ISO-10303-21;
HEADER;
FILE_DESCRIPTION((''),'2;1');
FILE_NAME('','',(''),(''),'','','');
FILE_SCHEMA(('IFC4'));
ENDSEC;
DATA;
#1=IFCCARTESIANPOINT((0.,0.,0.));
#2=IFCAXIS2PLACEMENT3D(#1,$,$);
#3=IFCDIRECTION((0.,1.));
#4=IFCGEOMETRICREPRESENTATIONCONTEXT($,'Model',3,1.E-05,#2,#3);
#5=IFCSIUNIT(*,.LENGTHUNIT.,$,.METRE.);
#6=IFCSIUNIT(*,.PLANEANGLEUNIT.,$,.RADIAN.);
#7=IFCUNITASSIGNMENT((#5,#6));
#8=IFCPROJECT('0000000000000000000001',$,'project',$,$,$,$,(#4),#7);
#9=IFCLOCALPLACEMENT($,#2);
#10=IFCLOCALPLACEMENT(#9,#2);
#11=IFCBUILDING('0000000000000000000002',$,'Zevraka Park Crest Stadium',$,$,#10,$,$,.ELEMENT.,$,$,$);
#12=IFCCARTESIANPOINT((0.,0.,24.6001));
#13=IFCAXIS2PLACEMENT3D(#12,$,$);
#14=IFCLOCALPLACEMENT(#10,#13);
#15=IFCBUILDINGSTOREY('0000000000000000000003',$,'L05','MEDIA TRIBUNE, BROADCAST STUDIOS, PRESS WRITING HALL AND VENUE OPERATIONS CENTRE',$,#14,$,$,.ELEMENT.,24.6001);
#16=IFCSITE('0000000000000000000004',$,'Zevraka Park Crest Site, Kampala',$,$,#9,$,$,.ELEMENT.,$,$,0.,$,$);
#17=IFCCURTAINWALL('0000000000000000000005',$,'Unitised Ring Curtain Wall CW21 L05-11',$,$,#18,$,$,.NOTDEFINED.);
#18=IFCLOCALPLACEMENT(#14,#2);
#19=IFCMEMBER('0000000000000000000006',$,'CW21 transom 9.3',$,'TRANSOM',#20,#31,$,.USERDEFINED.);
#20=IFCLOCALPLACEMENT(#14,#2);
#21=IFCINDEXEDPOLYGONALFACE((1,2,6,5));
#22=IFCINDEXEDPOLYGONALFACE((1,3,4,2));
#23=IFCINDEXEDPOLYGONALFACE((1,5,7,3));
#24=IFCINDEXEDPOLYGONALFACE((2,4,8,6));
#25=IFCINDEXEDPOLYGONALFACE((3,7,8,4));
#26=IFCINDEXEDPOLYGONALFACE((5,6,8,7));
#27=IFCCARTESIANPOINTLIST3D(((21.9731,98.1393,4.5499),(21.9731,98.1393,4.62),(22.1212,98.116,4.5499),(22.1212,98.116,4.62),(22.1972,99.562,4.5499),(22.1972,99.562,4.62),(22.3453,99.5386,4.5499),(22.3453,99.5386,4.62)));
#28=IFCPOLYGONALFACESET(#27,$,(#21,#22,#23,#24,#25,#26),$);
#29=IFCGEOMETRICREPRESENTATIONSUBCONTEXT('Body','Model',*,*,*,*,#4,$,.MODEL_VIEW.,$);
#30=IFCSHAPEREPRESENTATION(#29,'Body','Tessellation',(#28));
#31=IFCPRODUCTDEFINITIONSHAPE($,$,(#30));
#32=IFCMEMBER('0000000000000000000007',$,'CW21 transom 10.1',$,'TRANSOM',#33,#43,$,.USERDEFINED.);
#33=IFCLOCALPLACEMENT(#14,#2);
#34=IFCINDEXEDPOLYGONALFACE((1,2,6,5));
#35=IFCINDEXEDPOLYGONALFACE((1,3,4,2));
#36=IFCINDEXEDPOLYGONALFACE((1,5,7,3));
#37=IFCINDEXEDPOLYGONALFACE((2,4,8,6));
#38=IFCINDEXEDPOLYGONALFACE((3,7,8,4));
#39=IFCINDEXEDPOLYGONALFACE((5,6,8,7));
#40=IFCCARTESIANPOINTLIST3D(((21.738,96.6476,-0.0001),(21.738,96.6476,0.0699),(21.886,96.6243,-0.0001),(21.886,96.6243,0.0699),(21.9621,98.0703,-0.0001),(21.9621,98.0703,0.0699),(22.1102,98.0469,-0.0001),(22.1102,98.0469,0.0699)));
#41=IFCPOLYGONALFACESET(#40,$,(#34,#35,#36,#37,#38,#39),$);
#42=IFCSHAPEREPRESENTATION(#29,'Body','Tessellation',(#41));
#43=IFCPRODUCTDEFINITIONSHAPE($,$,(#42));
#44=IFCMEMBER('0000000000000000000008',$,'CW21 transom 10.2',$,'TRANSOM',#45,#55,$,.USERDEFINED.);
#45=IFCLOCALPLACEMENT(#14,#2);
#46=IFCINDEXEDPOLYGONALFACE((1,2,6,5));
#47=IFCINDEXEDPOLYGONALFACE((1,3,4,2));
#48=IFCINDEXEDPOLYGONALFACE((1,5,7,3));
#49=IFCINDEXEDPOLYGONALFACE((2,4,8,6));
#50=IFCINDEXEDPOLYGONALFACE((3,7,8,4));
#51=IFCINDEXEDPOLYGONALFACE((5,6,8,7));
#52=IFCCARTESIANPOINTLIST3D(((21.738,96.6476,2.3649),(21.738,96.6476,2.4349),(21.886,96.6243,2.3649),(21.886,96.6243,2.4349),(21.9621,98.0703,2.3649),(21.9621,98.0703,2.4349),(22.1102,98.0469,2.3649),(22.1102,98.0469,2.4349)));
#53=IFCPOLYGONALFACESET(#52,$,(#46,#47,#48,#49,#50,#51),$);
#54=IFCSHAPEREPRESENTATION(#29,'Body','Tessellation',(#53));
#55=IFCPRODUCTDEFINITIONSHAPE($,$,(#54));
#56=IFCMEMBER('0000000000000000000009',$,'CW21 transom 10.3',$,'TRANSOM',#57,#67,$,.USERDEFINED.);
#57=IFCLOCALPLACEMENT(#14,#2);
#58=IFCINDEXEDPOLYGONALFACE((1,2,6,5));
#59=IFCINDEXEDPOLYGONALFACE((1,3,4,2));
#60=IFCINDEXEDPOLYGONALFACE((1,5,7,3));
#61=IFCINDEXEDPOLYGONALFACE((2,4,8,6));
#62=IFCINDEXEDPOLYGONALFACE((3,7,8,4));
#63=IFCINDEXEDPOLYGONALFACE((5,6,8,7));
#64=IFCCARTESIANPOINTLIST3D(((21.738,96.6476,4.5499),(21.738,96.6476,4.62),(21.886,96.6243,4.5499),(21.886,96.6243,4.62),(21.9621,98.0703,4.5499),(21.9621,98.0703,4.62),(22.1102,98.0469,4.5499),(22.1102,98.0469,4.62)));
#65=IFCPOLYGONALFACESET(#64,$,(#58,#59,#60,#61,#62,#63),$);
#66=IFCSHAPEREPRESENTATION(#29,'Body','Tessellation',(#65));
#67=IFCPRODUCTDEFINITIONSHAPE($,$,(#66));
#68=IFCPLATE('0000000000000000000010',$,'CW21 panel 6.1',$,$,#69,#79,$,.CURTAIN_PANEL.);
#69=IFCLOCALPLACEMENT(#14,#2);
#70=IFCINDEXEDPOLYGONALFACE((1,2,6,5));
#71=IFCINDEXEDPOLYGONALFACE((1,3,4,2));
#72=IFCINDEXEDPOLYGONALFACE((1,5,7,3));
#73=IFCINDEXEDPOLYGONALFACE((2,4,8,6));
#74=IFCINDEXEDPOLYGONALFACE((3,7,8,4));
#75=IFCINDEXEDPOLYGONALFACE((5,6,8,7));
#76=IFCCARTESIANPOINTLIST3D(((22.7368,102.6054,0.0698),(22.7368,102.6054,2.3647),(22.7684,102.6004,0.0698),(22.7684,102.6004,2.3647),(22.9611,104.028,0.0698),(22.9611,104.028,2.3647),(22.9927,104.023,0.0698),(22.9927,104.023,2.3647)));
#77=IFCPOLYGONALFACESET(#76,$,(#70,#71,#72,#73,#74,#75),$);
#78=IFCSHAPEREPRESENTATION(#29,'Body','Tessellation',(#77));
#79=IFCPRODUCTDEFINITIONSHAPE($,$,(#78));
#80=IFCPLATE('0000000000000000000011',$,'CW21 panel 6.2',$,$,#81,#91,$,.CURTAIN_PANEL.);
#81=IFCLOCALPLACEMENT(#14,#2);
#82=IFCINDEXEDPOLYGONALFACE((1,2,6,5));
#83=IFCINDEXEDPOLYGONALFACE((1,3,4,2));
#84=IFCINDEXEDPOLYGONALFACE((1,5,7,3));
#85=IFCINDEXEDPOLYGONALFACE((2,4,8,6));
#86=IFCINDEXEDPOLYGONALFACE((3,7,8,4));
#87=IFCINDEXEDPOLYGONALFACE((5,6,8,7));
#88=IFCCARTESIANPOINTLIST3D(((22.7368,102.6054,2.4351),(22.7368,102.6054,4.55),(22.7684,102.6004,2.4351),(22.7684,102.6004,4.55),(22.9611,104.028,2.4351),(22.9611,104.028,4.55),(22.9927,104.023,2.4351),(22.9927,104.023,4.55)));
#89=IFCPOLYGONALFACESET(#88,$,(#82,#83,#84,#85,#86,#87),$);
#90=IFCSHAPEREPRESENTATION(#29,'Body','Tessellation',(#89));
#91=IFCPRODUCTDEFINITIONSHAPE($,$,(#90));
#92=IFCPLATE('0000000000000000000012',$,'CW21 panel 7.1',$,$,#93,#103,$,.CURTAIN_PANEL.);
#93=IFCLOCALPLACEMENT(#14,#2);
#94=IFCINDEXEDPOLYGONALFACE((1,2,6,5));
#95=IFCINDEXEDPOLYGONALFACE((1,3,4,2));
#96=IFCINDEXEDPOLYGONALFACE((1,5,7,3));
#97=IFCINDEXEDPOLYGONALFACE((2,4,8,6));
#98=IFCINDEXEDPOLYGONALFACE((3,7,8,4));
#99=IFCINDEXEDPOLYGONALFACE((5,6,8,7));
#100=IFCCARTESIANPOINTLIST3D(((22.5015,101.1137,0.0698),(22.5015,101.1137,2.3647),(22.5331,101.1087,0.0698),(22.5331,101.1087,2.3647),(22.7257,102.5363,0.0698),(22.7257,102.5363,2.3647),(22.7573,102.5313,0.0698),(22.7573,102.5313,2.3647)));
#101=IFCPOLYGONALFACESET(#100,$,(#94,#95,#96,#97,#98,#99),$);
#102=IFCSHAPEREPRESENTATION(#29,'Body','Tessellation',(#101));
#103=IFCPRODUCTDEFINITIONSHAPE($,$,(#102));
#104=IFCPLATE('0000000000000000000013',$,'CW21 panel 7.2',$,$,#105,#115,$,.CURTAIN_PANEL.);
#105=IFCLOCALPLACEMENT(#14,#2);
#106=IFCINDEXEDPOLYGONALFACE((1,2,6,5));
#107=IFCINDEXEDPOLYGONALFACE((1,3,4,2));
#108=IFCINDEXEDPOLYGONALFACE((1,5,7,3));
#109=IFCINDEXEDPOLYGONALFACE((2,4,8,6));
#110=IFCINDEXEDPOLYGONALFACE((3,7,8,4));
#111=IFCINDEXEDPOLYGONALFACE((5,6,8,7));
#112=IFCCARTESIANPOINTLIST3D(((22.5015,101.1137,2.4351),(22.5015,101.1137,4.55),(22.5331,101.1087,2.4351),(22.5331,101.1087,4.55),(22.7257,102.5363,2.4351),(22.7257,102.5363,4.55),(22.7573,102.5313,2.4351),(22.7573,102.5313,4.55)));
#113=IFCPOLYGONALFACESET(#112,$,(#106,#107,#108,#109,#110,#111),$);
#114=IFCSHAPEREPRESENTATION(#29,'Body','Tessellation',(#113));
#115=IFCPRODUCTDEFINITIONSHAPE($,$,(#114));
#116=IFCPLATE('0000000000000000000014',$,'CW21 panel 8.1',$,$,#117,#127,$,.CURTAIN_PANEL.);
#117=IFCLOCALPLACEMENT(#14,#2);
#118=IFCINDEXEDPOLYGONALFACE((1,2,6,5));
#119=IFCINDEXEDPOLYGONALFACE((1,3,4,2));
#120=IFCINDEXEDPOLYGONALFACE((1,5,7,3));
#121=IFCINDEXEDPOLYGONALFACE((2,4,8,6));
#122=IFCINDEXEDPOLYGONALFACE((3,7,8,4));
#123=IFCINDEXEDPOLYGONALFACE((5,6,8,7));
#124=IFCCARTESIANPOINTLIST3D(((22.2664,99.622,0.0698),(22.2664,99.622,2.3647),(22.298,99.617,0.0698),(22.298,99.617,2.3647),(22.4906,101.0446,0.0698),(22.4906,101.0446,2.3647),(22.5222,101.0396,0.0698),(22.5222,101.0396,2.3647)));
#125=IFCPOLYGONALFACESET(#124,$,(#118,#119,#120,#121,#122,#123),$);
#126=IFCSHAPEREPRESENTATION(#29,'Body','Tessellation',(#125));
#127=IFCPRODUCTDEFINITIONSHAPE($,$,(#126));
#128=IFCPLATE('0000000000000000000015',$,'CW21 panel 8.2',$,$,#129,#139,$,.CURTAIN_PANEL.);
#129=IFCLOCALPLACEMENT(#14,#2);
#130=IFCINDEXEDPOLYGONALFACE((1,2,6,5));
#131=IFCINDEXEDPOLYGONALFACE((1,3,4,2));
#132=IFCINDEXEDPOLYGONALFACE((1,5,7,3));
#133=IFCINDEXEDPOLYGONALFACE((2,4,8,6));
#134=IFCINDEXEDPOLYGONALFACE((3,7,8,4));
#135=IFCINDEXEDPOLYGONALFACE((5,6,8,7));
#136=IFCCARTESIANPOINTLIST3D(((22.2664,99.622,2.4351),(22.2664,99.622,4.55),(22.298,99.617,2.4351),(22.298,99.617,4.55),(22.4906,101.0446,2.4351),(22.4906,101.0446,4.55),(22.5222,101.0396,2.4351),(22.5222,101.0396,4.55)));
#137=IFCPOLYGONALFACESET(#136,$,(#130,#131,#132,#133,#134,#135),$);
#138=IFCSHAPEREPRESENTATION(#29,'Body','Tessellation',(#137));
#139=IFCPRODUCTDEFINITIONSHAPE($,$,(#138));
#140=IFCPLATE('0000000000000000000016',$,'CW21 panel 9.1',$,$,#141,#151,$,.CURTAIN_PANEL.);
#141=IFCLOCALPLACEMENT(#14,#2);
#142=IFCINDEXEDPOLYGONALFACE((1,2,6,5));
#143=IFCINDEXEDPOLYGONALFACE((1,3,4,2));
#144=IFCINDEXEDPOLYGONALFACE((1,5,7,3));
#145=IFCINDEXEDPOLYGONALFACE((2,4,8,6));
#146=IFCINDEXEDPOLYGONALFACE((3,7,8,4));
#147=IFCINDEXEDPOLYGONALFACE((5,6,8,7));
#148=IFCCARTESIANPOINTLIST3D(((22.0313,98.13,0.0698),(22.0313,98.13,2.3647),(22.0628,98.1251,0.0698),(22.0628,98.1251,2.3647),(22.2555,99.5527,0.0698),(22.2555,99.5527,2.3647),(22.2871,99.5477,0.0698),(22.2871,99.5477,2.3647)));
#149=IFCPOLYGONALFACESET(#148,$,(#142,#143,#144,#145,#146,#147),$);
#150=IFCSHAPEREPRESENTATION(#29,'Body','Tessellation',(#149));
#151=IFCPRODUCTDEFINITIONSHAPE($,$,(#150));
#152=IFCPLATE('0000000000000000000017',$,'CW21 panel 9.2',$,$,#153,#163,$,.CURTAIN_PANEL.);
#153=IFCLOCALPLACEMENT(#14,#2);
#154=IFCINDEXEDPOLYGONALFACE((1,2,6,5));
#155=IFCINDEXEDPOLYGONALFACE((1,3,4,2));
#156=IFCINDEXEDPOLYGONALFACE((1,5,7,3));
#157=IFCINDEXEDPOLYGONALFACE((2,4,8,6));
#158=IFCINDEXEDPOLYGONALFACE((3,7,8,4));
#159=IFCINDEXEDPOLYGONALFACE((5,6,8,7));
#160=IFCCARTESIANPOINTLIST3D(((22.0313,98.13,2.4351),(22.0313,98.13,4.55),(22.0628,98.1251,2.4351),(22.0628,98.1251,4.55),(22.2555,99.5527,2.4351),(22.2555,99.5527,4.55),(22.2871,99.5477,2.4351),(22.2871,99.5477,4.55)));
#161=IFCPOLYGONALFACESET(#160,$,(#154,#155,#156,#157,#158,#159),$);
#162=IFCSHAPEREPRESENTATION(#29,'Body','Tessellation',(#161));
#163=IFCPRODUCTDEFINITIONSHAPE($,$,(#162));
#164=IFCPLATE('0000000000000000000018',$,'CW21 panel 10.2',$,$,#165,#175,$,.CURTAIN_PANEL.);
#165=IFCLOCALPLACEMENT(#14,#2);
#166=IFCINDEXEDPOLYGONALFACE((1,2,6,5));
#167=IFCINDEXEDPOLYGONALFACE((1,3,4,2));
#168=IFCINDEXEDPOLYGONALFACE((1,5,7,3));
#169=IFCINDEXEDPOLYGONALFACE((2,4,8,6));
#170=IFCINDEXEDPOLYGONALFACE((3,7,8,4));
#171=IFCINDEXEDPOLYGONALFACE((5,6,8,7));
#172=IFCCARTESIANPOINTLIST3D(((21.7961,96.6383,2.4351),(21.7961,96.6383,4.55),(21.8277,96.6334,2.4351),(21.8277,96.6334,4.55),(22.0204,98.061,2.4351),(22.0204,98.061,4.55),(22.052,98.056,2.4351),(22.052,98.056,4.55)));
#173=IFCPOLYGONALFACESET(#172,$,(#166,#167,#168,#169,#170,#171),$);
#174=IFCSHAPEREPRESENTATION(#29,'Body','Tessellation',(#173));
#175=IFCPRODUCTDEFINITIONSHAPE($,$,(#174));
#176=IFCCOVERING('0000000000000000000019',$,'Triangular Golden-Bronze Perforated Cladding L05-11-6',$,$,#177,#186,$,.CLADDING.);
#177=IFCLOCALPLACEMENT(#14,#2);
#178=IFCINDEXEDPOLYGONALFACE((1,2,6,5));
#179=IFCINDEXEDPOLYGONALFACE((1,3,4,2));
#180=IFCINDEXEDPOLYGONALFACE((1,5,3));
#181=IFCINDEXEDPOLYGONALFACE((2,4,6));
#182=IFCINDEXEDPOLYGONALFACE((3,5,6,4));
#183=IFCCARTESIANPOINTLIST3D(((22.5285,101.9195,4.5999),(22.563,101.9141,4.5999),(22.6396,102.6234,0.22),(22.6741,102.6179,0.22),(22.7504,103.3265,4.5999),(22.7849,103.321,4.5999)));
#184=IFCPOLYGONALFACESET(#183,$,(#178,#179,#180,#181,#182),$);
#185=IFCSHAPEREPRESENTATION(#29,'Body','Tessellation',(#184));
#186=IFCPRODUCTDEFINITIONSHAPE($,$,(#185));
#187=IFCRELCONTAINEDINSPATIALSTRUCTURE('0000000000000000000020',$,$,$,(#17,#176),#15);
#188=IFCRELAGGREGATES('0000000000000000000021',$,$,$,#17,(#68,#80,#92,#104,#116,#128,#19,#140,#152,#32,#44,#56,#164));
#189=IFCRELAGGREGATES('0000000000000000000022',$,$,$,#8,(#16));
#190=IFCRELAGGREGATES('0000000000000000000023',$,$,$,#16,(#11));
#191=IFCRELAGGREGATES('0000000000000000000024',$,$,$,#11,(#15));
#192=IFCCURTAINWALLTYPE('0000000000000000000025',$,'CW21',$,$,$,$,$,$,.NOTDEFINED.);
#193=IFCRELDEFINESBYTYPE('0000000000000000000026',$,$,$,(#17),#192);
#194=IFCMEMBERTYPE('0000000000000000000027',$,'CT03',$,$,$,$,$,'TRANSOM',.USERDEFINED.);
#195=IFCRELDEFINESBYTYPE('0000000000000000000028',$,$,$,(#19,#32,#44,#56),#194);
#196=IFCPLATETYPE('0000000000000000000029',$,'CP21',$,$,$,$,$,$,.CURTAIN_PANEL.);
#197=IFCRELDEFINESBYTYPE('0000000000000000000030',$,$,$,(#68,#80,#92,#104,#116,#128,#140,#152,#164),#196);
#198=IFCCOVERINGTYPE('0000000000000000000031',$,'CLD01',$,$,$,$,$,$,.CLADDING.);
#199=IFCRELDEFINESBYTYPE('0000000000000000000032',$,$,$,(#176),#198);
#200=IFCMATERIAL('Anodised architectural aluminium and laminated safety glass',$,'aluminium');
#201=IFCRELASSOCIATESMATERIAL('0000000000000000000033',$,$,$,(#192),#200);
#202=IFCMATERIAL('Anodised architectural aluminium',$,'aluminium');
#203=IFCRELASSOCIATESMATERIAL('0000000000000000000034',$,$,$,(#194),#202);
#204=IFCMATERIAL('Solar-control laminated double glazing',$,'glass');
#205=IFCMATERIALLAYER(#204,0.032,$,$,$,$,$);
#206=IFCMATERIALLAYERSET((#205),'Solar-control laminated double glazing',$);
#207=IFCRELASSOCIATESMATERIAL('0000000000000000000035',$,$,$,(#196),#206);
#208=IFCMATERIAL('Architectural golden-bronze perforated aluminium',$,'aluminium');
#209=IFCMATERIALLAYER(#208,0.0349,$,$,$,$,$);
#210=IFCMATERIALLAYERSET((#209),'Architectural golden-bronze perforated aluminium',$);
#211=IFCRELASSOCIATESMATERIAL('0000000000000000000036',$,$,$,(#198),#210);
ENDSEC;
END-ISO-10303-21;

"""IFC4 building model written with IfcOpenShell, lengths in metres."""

from ifc_helpers import new_model, si_unit, direction, frame, origin, origin_2d, place, context, subcontext, project, spatial, polyline, rectangle, outline, extrude, material, layer, layer_set, material_profile, profile_set, type_object, element, aggregate, save


model = new_model("IFC4")

# Units and contexts
model_context = context("Model", 3, precision=1e-05, world=origin(), true_north=direction((0.0, 1.0)))
body_context = subcontext(model_context, "Body", "Model", "MODEL_VIEW")
ifc_project = project(units=[si_unit("LENGTHUNIT", "METRE"), si_unit("PLANEANGLEUNIT", "RADIAN")], contexts=[model_context])

# Site, building, storey
site_placement = place(None, origin())
site = spatial("IfcSite", under=ifc_project, at=site_placement, Name="Zevraka Park Crest Site, Kampala", CompositionType="ELEMENT", RefElevation=0.0)
building_placement = place(site_placement, origin())
building = spatial("IfcBuilding", under=site, at=building_placement, Name="Zevraka Park Crest Stadium", CompositionType="ELEMENT")
storey_placement = place(building_placement, frame((0.0, 0.0, 24.6001)))
storey = spatial("IfcBuildingStorey", under=building, at=storey_placement, Name="L05", Description="MEDIA TRIBUNE, BROADCAST STUDIOS, PRESS WRITING HALL AND VENUE OPERATIONS CENTRE", CompositionType="ELEMENT", Elevation=24.6001)

# Curtain wall, members, plates
ifc_material_1 = material(Name="Anodised architectural aluminium and laminated safety glass", Category="aluminium")
curtain_wall_type = type_object("IfcCurtainWallType", Name="CW21", PredefinedType="NOTDEFINED", material=ifc_material_1)
curtain_wall_placement = place(storey_placement, origin())
curtain_wall = element("IfcCurtainWall", 1, at=curtain_wall_placement, inside=storey, type_object=curtain_wall_type, Name="Unitised Ring Curtain Wall CW21 L05-11", PredefinedType="NOTDEFINED")
ifc_material_2 = material(Name="Anodised architectural aluminium", Category="aluminium")
ifc_material_profile_1 = material_profile(ifc_material_2, rectangle(XDim=0.1499, YDim=0.0701, at=origin_2d()), Name="ALU TRANSOM 150x70")
ifc_profile_set_1 = profile_set([ifc_material_profile_1], Name="Anodised architectural aluminium")
member_type_1 = type_object("IfcMemberType", Name="CT03", ElementType="TRANSOM", PredefinedType="USERDEFINED", material=ifc_profile_set_1)
member_1_placement = place(storey_placement, frame((22.2712, 99.5503, 4.585), z_axis=(-0.155623, -0.987817, 0.0), x_axis=(0.987817, -0.155623, 0.0)))
member_1 = element("IfcMember", 2, at=member_1_placement, type_object=member_type_1, Name="CW21 transom 9.3", ObjectType="TRANSOM", PredefinedType="USERDEFINED", context=body_context, shape_type="SweptSolid", body=[
    extrude(rectangle(XDim=0.1499, YDim=0.0701, at=origin_2d()), origin(), (0.0, 0.0, 1.0), 1.4402),
])
member_2_placement = place(storey_placement, frame((22.0361, 98.0586, 0.0349), z_axis=(-0.155623, -0.987817, 0.0), x_axis=(0.987817, -0.155623, 0.0)))
member_2 = element("IfcMember", 3, at=member_2_placement, type_object=member_type_1, Name="CW21 transom 10.1", ObjectType="TRANSOM", PredefinedType="USERDEFINED", context=body_context, shape_type="SweptSolid", body=[
    extrude(rectangle(XDim=0.1499, YDim=0.0701, at=origin_2d()), origin(), (0.0, 0.0, 1.0), 1.4402),
])
member_3_placement = place(storey_placement, frame((22.0361, 98.0586, 2.3999), z_axis=(-0.155623, -0.987817, 0.0), x_axis=(0.987817, -0.155623, 0.0)))
member_3 = element("IfcMember", 4, at=member_3_placement, type_object=member_type_1, Name="CW21 transom 10.2", ObjectType="TRANSOM", PredefinedType="USERDEFINED", context=body_context, shape_type="SweptSolid", body=[
    extrude(rectangle(XDim=0.1499, YDim=0.0701, at=origin_2d()), origin(), (0.0, 0.0, 1.0), 1.4402),
])
member_4_placement = place(storey_placement, frame((22.0361, 98.0586, 4.585), z_axis=(-0.155623, -0.987817, 0.0), x_axis=(0.987817, -0.155623, 0.0)))
member_4 = element("IfcMember", 5, at=member_4_placement, type_object=member_type_1, Name="CW21 transom 10.3", ObjectType="TRANSOM", PredefinedType="USERDEFINED", context=body_context, shape_type="SweptSolid", body=[
    extrude(rectangle(XDim=0.1499, YDim=0.0701, at=origin_2d()), origin(), (0.0, 0.0, 1.0), 1.4402),
])
ifc_material_3 = material(Name="Solar-control laminated double glazing", Category="glass")
ifc_layer_1 = layer(ifc_material_3, 0.032)
ifc_layer_set_1 = layer_set([ifc_layer_1], Name="Solar-control laminated double glazing")
plate_type = type_object("IfcPlateType", Name="CP21", PredefinedType="CURTAIN_PANEL", material=ifc_layer_set_1)
plate_1_placement = place(storey_placement, frame((22.8647, 103.3142, 0.0698), z_axis=(0.0, 0.0, 1.0), x_axis=(-0.155711, -0.987803, 0.0)))
plate_1 = element("IfcPlate", 6, at=plate_1_placement, type_object=plate_type, Name="CW21 panel 6.1", PredefinedType="CURTAIN_PANEL", context=body_context, shape_type="SweptSolid", body=[
    extrude(rectangle(XDim=1.4402, YDim=0.032, at=origin_2d()), origin(), (0.0, 0.0, 1.0), 2.2949),
])
plate_2_placement = place(storey_placement, frame((22.8647, 103.3142, 2.4351), z_axis=(0.0, 0.0, 1.0), x_axis=(-0.155711, -0.987803, 0.0)))
plate_2 = element("IfcPlate", 7, at=plate_2_placement, type_object=plate_type, Name="CW21 panel 6.2", PredefinedType="CURTAIN_PANEL", context=body_context, shape_type="SweptSolid", body=[
    extrude(rectangle(XDim=1.4402, YDim=0.032, at=origin_2d()), origin(), (0.0, 0.0, 1.0), 2.115),
])
plate_3_placement = place(storey_placement, frame((22.6294, 101.8225, 0.0698), z_axis=(0.0, 0.0, 1.0), x_axis=(-0.155711, -0.987803, 0.0)))
plate_3 = element("IfcPlate", 8, at=plate_3_placement, type_object=plate_type, Name="CW21 panel 7.1", PredefinedType="CURTAIN_PANEL", context=body_context, shape_type="SweptSolid", body=[
    extrude(rectangle(XDim=1.4402, YDim=0.032, at=origin_2d()), origin(), (0.0, 0.0, 1.0), 2.2949),
])
plate_4_placement = place(storey_placement, frame((22.6294, 101.8225, 2.4351), z_axis=(0.0, 0.0, 1.0), x_axis=(-0.155711, -0.987803, 0.0)))
plate_4 = element("IfcPlate", 9, at=plate_4_placement, type_object=plate_type, Name="CW21 panel 7.2", PredefinedType="CURTAIN_PANEL", context=body_context, shape_type="SweptSolid", body=[
    extrude(rectangle(XDim=1.4402, YDim=0.032, at=origin_2d()), origin(), (0.0, 0.0, 1.0), 2.115),
])
plate_5_placement = place(storey_placement, frame((22.3943, 100.3308, 0.0698), z_axis=(0.0, 0.0, 1.0), x_axis=(-0.155711, -0.987803, 0.0)))
plate_5 = element("IfcPlate", 10, at=plate_5_placement, type_object=plate_type, Name="CW21 panel 8.1", PredefinedType="CURTAIN_PANEL", context=body_context, shape_type="SweptSolid", body=[
    extrude(rectangle(XDim=1.4402, YDim=0.032, at=origin_2d()), origin(), (0.0, 0.0, 1.0), 2.2949),
])
plate_6_placement = place(storey_placement, frame((22.3943, 100.3308, 2.4351), z_axis=(0.0, 0.0, 1.0), x_axis=(-0.155711, -0.987803, 0.0)))
plate_6 = element("IfcPlate", 11, at=plate_6_placement, type_object=plate_type, Name="CW21 panel 8.2", PredefinedType="CURTAIN_PANEL", context=body_context, shape_type="SweptSolid", body=[
    extrude(rectangle(XDim=1.4402, YDim=0.032, at=origin_2d()), origin(), (0.0, 0.0, 1.0), 2.115),
])
plate_7_placement = place(storey_placement, frame((22.1592, 98.8389, 0.0698), z_axis=(0.0, 0.0, 1.0), x_axis=(-0.155711, -0.987803, 0.0)))
plate_7 = element("IfcPlate", 12, at=plate_7_placement, type_object=plate_type, Name="CW21 panel 9.1", PredefinedType="CURTAIN_PANEL", context=body_context, shape_type="SweptSolid", body=[
    extrude(rectangle(XDim=1.4402, YDim=0.032, at=origin_2d()), origin(), (0.0, 0.0, 1.0), 2.2949),
])
plate_8_placement = place(storey_placement, frame((22.1592, 98.8389, 2.4351), z_axis=(0.0, 0.0, 1.0), x_axis=(-0.155711, -0.987803, 0.0)))
plate_8 = element("IfcPlate", 13, at=plate_8_placement, type_object=plate_type, Name="CW21 panel 9.2", PredefinedType="CURTAIN_PANEL", context=body_context, shape_type="SweptSolid", body=[
    extrude(rectangle(XDim=1.4402, YDim=0.032, at=origin_2d()), origin(), (0.0, 0.0, 1.0), 2.115),
])
plate_9_placement = place(storey_placement, frame((21.9241, 97.3472, 2.4351), z_axis=(0.0, 0.0, 1.0), x_axis=(-0.155711, -0.987803, 0.0)))
plate_9 = element("IfcPlate", 14, at=plate_9_placement, type_object=plate_type, Name="CW21 panel 10.2", PredefinedType="CURTAIN_PANEL", context=body_context, shape_type="SweptSolid", body=[
    extrude(rectangle(XDim=1.4402, YDim=0.032, at=origin_2d()), origin(), (0.0, 0.0, 1.0), 2.115),
])
aggregate(curtain_wall, [plate_1, plate_2, plate_3, plate_4, plate_5, plate_6, member_1, plate_7, plate_8, member_2, member_3, member_4, plate_9])

# Covering
ifc_material_4 = material(Name="Architectural golden-bronze perforated aluminium", Category="aluminium")
ifc_layer_2 = layer(ifc_material_4, 0.0349)
ifc_layer_set_2 = layer_set([ifc_layer_2], Name="Architectural golden-bronze perforated aluminium")
covering_type = type_object("IfcCoveringType", Name="CLD01", PredefinedType="CLADDING", material=ifc_layer_set_2)
covering_1_placement = place(storey_placement, frame((22.563, 101.9141, 4.5999), z_axis=(0.987788, -0.155804, 0.000015), x_axis=(0.155804, 0.987788, 0.0)))
element("IfcCovering", 15, at=covering_1_placement, inside=storey, type_object=covering_type, Name="Triangular Golden-Bronze Perforated Cladding L05-11-6", PredefinedType="CLADDING", context=body_context, shape_type="SweptSolid", body=[
    extrude(outline(polyline([(0.0, 0.0), (1.4244, 0.0), (0.7126, -4.3799), (0.0, 0.0)])), origin(), (0.0, 0.0, -1.0), 0.0349),
])

save(model, "model.ifc")
